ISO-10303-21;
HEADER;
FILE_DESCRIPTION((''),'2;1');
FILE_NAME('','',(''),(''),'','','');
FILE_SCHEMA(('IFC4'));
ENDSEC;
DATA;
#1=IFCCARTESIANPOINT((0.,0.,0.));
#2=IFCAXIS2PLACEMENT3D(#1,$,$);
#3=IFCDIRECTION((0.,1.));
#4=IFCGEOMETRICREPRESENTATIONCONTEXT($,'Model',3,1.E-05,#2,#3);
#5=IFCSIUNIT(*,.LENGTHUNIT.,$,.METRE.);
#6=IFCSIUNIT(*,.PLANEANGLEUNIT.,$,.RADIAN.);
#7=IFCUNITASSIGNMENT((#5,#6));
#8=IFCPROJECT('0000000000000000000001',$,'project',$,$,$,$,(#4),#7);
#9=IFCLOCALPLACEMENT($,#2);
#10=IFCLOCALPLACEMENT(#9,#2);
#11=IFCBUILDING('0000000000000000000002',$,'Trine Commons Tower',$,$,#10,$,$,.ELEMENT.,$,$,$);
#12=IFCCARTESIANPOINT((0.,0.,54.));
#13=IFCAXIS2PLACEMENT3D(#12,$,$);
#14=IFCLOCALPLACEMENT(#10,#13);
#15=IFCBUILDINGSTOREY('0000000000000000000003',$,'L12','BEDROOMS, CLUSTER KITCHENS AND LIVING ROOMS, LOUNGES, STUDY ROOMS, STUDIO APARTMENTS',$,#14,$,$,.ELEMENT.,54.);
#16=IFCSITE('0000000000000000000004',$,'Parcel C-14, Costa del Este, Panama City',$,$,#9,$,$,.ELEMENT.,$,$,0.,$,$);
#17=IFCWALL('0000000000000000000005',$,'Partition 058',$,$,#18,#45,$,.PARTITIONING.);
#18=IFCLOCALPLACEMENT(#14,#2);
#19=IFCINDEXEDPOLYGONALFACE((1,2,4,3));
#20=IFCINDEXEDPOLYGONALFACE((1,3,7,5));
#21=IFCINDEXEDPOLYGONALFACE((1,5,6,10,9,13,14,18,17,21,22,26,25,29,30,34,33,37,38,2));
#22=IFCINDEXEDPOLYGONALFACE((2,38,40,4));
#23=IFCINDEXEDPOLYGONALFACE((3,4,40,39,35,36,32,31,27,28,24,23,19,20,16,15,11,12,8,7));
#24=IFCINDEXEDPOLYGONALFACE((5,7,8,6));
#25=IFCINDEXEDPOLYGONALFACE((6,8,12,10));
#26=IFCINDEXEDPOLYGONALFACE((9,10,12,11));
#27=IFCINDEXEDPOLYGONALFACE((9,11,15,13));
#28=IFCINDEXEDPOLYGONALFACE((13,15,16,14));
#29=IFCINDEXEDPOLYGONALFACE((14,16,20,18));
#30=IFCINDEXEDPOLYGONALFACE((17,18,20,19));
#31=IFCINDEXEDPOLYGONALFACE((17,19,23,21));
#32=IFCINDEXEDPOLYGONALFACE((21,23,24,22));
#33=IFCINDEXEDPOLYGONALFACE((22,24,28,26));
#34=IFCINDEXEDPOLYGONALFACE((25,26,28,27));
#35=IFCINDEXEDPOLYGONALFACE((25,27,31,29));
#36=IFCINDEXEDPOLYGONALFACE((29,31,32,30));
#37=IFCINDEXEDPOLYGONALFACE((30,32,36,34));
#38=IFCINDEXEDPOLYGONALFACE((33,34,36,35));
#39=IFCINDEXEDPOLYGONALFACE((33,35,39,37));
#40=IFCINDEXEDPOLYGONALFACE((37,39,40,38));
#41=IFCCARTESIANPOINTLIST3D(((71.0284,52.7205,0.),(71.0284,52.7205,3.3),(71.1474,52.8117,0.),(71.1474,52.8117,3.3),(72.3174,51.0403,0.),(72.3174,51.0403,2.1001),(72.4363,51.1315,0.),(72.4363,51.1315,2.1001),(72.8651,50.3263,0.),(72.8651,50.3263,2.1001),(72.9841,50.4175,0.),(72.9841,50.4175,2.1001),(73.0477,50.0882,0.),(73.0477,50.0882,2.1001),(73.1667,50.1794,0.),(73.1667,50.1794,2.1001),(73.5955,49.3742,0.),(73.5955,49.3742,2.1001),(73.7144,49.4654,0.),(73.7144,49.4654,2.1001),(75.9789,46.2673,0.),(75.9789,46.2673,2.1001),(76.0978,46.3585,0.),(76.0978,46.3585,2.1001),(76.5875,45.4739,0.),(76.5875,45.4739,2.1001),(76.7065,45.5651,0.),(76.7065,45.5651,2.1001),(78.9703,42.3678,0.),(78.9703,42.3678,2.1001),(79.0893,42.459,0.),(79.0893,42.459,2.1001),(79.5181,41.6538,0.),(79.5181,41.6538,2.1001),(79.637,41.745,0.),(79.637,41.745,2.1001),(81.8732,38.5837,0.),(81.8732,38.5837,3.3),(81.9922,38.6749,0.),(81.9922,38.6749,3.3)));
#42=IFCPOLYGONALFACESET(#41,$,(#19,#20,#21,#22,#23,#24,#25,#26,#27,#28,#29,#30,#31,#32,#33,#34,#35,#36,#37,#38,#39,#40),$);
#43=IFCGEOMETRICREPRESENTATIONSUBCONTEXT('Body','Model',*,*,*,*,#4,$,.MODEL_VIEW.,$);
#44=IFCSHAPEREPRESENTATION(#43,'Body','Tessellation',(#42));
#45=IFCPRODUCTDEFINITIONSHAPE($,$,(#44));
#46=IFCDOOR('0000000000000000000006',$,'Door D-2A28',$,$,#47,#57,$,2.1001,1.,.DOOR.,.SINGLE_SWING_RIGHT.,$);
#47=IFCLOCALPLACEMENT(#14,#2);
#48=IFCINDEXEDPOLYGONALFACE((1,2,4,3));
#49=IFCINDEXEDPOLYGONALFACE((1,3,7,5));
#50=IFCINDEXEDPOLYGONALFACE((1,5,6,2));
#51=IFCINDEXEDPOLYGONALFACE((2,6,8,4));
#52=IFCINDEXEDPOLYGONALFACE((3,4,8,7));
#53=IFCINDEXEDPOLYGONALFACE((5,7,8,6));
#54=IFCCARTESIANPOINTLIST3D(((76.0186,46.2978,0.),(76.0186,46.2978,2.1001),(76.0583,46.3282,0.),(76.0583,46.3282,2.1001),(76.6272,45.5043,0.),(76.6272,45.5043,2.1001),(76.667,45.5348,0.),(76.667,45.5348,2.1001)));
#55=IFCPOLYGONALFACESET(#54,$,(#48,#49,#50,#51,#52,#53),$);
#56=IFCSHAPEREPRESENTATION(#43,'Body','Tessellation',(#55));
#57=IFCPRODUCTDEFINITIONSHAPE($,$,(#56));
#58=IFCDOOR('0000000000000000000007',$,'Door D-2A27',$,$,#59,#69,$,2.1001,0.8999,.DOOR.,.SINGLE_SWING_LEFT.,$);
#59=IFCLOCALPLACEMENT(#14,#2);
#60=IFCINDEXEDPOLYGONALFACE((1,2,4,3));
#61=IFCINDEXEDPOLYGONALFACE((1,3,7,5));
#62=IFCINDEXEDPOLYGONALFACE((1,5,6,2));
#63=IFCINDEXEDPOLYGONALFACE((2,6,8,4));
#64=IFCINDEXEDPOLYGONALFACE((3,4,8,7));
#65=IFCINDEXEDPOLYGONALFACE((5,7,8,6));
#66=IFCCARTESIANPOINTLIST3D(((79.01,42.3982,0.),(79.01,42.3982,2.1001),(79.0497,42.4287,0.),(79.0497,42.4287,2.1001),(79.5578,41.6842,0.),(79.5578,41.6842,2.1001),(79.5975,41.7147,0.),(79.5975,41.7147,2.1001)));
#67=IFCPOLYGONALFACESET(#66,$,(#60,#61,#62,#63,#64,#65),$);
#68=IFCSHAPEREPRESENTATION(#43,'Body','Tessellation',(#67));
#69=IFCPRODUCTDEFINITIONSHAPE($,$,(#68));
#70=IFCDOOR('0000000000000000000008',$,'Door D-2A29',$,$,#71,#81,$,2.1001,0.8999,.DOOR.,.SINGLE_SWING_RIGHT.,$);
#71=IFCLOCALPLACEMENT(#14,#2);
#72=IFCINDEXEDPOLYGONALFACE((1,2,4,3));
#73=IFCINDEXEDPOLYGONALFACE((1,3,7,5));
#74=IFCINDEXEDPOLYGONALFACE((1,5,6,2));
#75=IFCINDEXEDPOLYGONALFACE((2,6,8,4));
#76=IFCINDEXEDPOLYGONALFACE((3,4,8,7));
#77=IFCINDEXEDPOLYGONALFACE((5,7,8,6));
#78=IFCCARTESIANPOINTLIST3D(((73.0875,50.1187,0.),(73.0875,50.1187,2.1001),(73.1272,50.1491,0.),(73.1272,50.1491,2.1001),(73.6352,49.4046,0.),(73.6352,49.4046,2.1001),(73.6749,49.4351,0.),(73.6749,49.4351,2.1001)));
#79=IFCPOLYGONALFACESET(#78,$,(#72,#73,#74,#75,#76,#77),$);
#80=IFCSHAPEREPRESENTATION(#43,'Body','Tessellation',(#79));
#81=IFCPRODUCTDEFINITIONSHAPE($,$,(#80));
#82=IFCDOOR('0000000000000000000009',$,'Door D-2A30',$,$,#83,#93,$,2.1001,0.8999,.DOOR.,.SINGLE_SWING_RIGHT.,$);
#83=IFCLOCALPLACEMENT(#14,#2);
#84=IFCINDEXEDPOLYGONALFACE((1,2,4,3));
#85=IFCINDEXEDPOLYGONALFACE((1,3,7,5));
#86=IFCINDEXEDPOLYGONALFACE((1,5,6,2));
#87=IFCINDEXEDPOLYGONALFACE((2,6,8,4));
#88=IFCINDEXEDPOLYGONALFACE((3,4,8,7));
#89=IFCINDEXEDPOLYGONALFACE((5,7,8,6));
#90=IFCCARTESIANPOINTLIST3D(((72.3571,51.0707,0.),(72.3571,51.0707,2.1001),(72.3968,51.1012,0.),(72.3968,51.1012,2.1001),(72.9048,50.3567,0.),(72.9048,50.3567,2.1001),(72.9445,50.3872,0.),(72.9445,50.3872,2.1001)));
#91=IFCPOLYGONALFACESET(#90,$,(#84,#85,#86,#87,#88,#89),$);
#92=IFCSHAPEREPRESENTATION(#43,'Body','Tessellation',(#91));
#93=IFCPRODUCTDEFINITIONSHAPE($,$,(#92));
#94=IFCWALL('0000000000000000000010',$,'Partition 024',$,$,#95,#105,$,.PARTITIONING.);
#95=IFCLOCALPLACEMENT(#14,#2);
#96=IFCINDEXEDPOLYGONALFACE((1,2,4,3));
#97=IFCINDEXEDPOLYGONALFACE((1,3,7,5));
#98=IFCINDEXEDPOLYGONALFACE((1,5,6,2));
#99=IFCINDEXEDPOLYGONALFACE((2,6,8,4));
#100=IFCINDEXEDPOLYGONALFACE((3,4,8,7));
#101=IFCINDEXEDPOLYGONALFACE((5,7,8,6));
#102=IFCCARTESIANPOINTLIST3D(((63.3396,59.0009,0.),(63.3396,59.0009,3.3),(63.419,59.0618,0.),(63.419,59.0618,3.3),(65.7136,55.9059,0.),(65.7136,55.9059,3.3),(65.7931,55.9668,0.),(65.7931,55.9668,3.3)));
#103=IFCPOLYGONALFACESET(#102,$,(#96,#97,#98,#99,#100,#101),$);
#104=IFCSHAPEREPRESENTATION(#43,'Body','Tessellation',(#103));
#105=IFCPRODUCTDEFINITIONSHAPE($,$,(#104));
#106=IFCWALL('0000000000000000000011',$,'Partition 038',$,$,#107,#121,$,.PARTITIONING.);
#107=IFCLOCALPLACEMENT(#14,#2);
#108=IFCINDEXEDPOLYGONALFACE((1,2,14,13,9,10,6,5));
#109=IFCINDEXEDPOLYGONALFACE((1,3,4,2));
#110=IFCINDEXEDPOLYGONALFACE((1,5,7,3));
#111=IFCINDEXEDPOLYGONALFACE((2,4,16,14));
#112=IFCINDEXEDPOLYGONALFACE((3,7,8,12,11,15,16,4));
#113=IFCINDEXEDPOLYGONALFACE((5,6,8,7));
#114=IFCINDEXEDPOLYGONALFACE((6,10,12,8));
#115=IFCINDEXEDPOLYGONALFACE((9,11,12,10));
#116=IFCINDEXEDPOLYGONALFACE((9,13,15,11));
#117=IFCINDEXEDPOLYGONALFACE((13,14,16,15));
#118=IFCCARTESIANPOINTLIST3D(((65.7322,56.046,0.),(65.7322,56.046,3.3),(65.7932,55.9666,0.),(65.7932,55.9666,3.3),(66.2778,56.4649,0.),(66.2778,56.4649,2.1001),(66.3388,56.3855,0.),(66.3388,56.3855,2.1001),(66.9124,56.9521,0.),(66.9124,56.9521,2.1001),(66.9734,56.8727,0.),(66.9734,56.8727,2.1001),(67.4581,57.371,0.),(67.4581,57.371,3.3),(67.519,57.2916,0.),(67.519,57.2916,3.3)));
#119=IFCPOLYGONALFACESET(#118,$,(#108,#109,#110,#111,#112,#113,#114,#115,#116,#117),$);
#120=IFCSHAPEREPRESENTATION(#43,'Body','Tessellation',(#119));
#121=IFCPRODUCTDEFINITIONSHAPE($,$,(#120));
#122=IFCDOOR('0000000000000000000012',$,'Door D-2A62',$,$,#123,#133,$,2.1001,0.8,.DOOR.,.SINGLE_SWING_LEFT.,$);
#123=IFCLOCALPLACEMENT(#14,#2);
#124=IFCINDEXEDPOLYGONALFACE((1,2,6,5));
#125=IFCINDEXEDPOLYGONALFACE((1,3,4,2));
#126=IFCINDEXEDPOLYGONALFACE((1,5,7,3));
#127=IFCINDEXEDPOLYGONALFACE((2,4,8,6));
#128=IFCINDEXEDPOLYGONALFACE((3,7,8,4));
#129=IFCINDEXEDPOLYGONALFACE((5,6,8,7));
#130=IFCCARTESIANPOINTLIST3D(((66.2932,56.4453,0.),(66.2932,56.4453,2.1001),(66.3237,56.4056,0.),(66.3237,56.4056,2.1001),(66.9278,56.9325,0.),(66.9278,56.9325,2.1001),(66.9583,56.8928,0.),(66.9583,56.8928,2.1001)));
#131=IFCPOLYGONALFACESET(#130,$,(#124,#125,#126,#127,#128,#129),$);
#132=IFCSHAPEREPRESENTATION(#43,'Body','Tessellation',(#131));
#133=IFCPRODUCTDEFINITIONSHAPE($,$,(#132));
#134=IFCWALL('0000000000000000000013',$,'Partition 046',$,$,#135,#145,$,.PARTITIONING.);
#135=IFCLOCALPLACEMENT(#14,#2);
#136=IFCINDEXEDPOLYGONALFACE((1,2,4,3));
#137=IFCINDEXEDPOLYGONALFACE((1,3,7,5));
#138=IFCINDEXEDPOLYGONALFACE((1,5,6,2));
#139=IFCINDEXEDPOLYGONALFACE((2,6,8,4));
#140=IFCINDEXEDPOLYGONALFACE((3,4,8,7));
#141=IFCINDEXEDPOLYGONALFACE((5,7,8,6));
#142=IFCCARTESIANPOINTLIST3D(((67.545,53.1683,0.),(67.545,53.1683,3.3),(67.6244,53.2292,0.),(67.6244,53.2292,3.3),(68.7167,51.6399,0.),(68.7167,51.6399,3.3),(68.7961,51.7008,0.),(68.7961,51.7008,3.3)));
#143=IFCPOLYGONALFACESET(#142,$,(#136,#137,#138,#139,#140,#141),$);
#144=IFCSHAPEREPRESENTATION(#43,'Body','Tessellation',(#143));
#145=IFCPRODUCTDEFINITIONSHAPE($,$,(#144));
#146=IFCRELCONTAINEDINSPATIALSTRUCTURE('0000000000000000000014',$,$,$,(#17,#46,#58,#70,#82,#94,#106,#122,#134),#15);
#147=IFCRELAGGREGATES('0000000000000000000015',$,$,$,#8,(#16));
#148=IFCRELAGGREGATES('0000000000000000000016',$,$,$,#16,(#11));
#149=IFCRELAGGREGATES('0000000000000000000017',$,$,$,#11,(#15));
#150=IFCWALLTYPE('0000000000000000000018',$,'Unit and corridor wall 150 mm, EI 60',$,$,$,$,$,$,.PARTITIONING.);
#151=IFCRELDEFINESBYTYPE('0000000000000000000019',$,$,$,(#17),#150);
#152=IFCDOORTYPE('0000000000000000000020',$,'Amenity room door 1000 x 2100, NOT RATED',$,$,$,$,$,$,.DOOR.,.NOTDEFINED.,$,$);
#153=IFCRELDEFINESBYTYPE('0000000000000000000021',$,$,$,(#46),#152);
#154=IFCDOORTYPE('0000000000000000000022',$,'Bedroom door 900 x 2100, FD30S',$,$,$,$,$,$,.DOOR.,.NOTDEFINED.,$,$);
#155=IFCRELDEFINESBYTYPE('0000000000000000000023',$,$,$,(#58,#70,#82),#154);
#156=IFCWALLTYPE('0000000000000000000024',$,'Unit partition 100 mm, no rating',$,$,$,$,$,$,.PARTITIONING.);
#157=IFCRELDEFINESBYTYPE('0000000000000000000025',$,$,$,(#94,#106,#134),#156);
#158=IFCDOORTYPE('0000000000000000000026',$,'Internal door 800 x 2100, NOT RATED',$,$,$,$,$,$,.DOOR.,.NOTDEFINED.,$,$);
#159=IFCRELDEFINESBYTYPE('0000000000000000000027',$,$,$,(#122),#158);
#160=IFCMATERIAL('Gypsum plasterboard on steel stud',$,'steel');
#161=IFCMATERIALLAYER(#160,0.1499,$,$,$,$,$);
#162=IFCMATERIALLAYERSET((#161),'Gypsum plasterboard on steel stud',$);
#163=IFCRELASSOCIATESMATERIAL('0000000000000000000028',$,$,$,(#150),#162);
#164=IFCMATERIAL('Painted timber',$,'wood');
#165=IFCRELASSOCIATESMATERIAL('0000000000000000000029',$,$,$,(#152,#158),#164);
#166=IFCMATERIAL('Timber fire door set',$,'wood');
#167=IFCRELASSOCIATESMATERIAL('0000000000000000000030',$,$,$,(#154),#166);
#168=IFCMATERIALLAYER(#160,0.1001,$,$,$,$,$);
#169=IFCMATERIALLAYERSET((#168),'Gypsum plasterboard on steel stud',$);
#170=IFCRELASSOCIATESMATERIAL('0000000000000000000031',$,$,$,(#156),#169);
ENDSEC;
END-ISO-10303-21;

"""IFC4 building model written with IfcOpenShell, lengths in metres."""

from ifc_helpers import new_model, si_unit, direction, frame, frame_2d, origin, place, context, subcontext, project, spatial, rectangle, extrude, material, layer, layer_set, type_object, element, fill, save


model = new_model("IFC4")

# Units and contexts
model_context = context("Model", 3, precision=1e-05, world=origin(), true_north=direction((0.0, 1.0)))
body_context = subcontext(model_context, "Body", "Model", "MODEL_VIEW")
ifc_project = project(units=[si_unit("LENGTHUNIT", "METRE"), si_unit("PLANEANGLEUNIT", "RADIAN")], contexts=[model_context])

# Site, building, storey
site_placement = place(None, origin())
site = spatial("IfcSite", under=ifc_project, at=site_placement, Name="Parcel C-14, Costa del Este, Panama City", CompositionType="ELEMENT", RefElevation=0.0)
building_placement = place(site_placement, origin())
building = spatial("IfcBuilding", under=site, at=building_placement, Name="Trine Commons Tower", CompositionType="ELEMENT")
storey_placement = place(building_placement, frame((0.0, 0.0, 54.0)))
storey = spatial("IfcBuildingStorey", under=building, at=storey_placement, Name="L12", Description="BEDROOMS, CLUSTER KITCHENS AND LIVING ROOMS, LOUNGES, STUDY ROOMS, STUDIO APARTMENTS", CompositionType="ELEMENT", Elevation=54.0)

# Shared definitions
ifc_material_1 = material(Name="Gypsum plasterboard on steel stud", Category="steel")
ifc_layer_1 = layer(ifc_material_1, 0.1499)
ifc_layer_set_1 = layer_set([ifc_layer_1], Name="Gypsum plasterboard on steel stud")
wall_type_1 = type_object("IfcWallType", Name="Unit and corridor wall 150 mm, EI 60", PredefinedType="PARTITIONING", material=ifc_layer_set_1)

# Wall, openings, doors
wall_1_placement = place(storey_placement, frame((71.0879, 52.7661, 0.0), z_axis=(0.0, 0.0, 1.0), x_axis=(0.608664, -0.793428, 0.0)))
wall_1 = element("IfcWall", 1, at=wall_1_placement, inside=storey, type_object=wall_type_1, Name="Partition 058", PredefinedType="PARTITIONING", context=body_context, shape_type="SweptSolid", body=[
    extrude(rectangle(XDim=17.8174, YDim=0.1499, at=frame_2d((8.9087, 0.0))), origin(), (0.0, 0.0, 1.0), 3.3),
])
opening_1_placement = place(wall_1_placement, frame((13.0481, 0.0, 0.0)))
opening_1 = element("IfcOpeningElement", 2, at=opening_1_placement, cuts=wall_1, PredefinedType="OPENING", context=body_context, shape_type="SweptSolid", body=[
    extrude(rectangle(XDim=0.8999, YDim=2.1001, at=frame_2d((0.45, 1.05))), frame((0.0, 0.085, 0.0), z_axis=(0.0, -1.0, 0.0), x_axis=(1.0, 0.0, 0.0)), (0.0, 0.0, 1.0), 0.1699),
])
opening_2_placement = place(wall_1_placement, frame((8.1333, 0.0, 0.0)))
opening_2 = element("IfcOpeningElement", 3, at=opening_2_placement, cuts=wall_1, PredefinedType="OPENING", context=body_context, shape_type="SweptSolid", body=[
    extrude(rectangle(XDim=1.0, YDim=2.1001, at=frame_2d((0.5, 1.05))), frame((0.0, 0.085, 0.0), z_axis=(0.0, -1.0, 0.0), x_axis=(1.0, 0.0, 0.0)), (0.0, 0.0, 1.0), 0.1699),
])
opening_3_placement = place(wall_1_placement, frame((3.3176, 0.0, 0.0)))
opening_3 = element("IfcOpeningElement", 4, at=opening_3_placement, cuts=wall_1, PredefinedType="OPENING", context=body_context, shape_type="SweptSolid", body=[
    extrude(rectangle(XDim=0.8999, YDim=2.1001, at=frame_2d((0.45, 1.05))), frame((0.0, 0.085, 0.0), z_axis=(0.0, -1.0, 0.0), x_axis=(1.0, 0.0, 0.0)), (0.0, 0.0, 1.0), 0.1699),
])
opening_4_placement = place(wall_1_placement, frame((2.1177, 0.0, 0.0)))
opening_4 = element("IfcOpeningElement", 5, at=opening_4_placement, cuts=wall_1, PredefinedType="OPENING", context=body_context, shape_type="SweptSolid", body=[
    extrude(rectangle(XDim=0.8999, YDim=2.1001, at=frame_2d((0.45, 1.05))), frame((0.0, 0.085, 0.0), z_axis=(0.0, -1.0, 0.0), x_axis=(1.0, 0.0, 0.0)), (0.0, 0.0, 1.0), 0.1699),
])
ifc_material_2 = material(Name="Painted timber", Category="wood")
door_type_1 = type_object("IfcDoorType", Name="Amenity room door 1000 x 2100, NOT RATED", OperationType="NOTDEFINED", PredefinedType="DOOR", material=ifc_material_2)
door_1_placement = place(opening_2_placement, frame((1.0, 0.0, 0.0), z_axis=(0.0, 0.0, 1.0), x_axis=(-1.0, 0.0, 0.0)))
door_1 = element("IfcDoor", 6, at=door_1_placement, inside=storey, type_object=door_type_1, Name="Door D-2A28", OperationType="SINGLE_SWING_RIGHT", OverallHeight=2.1001, OverallWidth=1.0, PredefinedType="DOOR", context=body_context, shape_type="SweptSolid", body=[
    extrude(rectangle(XDim=1.0, YDim=2.1001, at=frame_2d((0.5, 1.05))), frame((0.0, 0.0249, 0.0), z_axis=(0.0, -1.0, 0.0), x_axis=(1.0, 0.0, 0.0)), (0.0, 0.0, 1.0), 0.05),
])
fill(opening_2, door_1)
ifc_material_3 = material(Name="Timber fire door set", Category="wood")
door_type_2 = type_object("IfcDoorType", Name="Bedroom door 900 x 2100, FD30S", OperationType="NOTDEFINED", PredefinedType="DOOR", material=ifc_material_3)
door_2_placement = place(opening_1_placement, frame((0.8999, 0.0, 0.0), z_axis=(0.0, 0.0, 1.0), x_axis=(-1.0, 0.0, 0.0)))
door_2 = element("IfcDoor", 7, at=door_2_placement, inside=storey, type_object=door_type_2, Name="Door D-2A27", OperationType="SINGLE_SWING_LEFT", OverallHeight=2.1001, OverallWidth=0.8999, PredefinedType="DOOR", context=body_context, shape_type="SweptSolid", body=[
    extrude(rectangle(XDim=0.8999, YDim=2.1001, at=frame_2d((0.45, 1.05))), frame((0.0, 0.0249, 0.0), z_axis=(0.0, -1.0, 0.0), x_axis=(1.0, 0.0, 0.0)), (0.0, 0.0, 1.0), 0.05),
])
fill(opening_1, door_2)
door_3_placement = place(opening_3_placement, frame((0.8999, 0.0, 0.0), z_axis=(0.0, 0.0, 1.0), x_axis=(-1.0, 0.0, 0.0)))
door_3 = element("IfcDoor", 8, at=door_3_placement, inside=storey, type_object=door_type_2, Name="Door D-2A29", OperationType="SINGLE_SWING_RIGHT", OverallHeight=2.1001, OverallWidth=0.8999, PredefinedType="DOOR", context=body_context, shape_type="SweptSolid", body=[
    extrude(rectangle(XDim=0.8999, YDim=2.1001, at=frame_2d((0.45, 1.05))), frame((0.0, 0.0249, 0.0), z_axis=(0.0, -1.0, 0.0), x_axis=(1.0, 0.0, 0.0)), (0.0, 0.0, 1.0), 0.05),
])
fill(opening_3, door_3)
door_4_placement = place(opening_4_placement, frame((0.8999, 0.0, 0.0), z_axis=(0.0, 0.0, 1.0), x_axis=(-1.0, 0.0, 0.0)))
door_4 = element("IfcDoor", 9, at=door_4_placement, inside=storey, type_object=door_type_2, Name="Door D-2A30", OperationType="SINGLE_SWING_RIGHT", OverallHeight=2.1001, OverallWidth=0.8999, PredefinedType="DOOR", context=body_context, shape_type="SweptSolid", body=[
    extrude(rectangle(XDim=0.8999, YDim=2.1001, at=frame_2d((0.45, 1.05))), frame((0.0, 0.0249, 0.0), z_axis=(0.0, -1.0, 0.0), x_axis=(1.0, 0.0, 0.0)), (0.0, 0.0, 1.0), 0.05),
])
fill(opening_4, door_4)

# Wall
ifc_layer_2 = layer(ifc_material_1, 0.1001)
ifc_layer_set_2 = layer_set([ifc_layer_2], Name="Gypsum plasterboard on steel stud")
wall_type_2 = type_object("IfcWallType", Name="Unit partition 100 mm, no rating", PredefinedType="PARTITIONING", material=ifc_layer_set_2)
wall_2_placement = place(storey_placement, frame((63.3794, 59.0312, 0.0), z_axis=(0.0, 0.0, 1.0), x_axis=(0.608627, -0.793456, 0.0)))
element("IfcWall", 10, at=wall_2_placement, inside=storey, type_object=wall_type_2, Name="Partition 024", PredefinedType="PARTITIONING", context=body_context, shape_type="SweptSolid", body=[
    extrude(rectangle(XDim=3.9006, YDim=0.1001, at=frame_2d((1.9502, 0.0))), origin(), (0.0, 0.0, 1.0), 3.3),
])

# Wall, opening, door
wall_3_placement = place(storey_placement, frame((65.7627, 56.0063, 0.0), z_axis=(0.0, 0.0, 1.0), x_axis=(0.793203, 0.608957, 0.0)))
wall_3 = element("IfcWall", 11, at=wall_3_placement, inside=storey, type_object=wall_type_2, Name="Partition 038", PredefinedType="PARTITIONING", context=body_context, shape_type="SweptSolid", body=[
    extrude(rectangle(XDim=2.1758, YDim=0.1001, at=frame_2d((1.0879, 0.0))), origin(), (0.0, 0.0, 1.0), 3.3),
])
opening_5_placement = place(wall_3_placement, frame((0.688, 0.0, 0.0)))
opening_5 = element("IfcOpeningElement", 12, at=opening_5_placement, cuts=wall_3, PredefinedType="OPENING", context=body_context, shape_type="SweptSolid", body=[
    extrude(rectangle(XDim=0.8, YDim=2.1001, at=frame_2d((0.3999, 1.05))), frame((0.0, 0.0601, 0.0), z_axis=(0.0, -1.0, 0.0), x_axis=(1.0, 0.0, 0.0)), (0.0, 0.0, 1.0), 0.1201),
])
door_type_3 = type_object("IfcDoorType", Name="Internal door 800 x 2100, NOT RATED", OperationType="NOTDEFINED", PredefinedType="DOOR", material=ifc_material_2)
door_5_placement = place(opening_5_placement, frame((0.8, 0.0, 0.0), z_axis=(0.0, 0.0, 1.0), x_axis=(-1.0, 0.0, 0.0)))
door_5 = element("IfcDoor", 13, at=door_5_placement, inside=storey, type_object=door_type_3, Name="Door D-2A62", OperationType="SINGLE_SWING_LEFT", OverallHeight=2.1001, OverallWidth=0.8, PredefinedType="DOOR", context=body_context, shape_type="SweptSolid", body=[
    extrude(rectangle(XDim=0.8, YDim=2.1001, at=frame_2d((0.3999, 1.05))), frame((0.0, 0.0249, 0.0), z_axis=(0.0, -1.0, 0.0), x_axis=(1.0, 0.0, 0.0)), (0.0, 0.0, 1.0), 0.05),
])
fill(opening_5, door_5)

# Wall
wall_4_placement = place(storey_placement, frame((67.5847, 53.1987, 0.0), z_axis=(0.0, 0.0, 1.0), x_axis=(0.608405, -0.793627, 0.0)))
element("IfcWall", 14, at=wall_4_placement, inside=storey, type_object=wall_type_2, Name="Partition 046", PredefinedType="PARTITIONING", context=body_context, shape_type="SweptSolid", body=[
    extrude(rectangle(XDim=1.9258, YDim=0.1001, at=frame_2d((0.9629, 0.0))), origin(), (0.0, 0.0, 1.0), 3.3),
])

save(model, "model.ifc")
